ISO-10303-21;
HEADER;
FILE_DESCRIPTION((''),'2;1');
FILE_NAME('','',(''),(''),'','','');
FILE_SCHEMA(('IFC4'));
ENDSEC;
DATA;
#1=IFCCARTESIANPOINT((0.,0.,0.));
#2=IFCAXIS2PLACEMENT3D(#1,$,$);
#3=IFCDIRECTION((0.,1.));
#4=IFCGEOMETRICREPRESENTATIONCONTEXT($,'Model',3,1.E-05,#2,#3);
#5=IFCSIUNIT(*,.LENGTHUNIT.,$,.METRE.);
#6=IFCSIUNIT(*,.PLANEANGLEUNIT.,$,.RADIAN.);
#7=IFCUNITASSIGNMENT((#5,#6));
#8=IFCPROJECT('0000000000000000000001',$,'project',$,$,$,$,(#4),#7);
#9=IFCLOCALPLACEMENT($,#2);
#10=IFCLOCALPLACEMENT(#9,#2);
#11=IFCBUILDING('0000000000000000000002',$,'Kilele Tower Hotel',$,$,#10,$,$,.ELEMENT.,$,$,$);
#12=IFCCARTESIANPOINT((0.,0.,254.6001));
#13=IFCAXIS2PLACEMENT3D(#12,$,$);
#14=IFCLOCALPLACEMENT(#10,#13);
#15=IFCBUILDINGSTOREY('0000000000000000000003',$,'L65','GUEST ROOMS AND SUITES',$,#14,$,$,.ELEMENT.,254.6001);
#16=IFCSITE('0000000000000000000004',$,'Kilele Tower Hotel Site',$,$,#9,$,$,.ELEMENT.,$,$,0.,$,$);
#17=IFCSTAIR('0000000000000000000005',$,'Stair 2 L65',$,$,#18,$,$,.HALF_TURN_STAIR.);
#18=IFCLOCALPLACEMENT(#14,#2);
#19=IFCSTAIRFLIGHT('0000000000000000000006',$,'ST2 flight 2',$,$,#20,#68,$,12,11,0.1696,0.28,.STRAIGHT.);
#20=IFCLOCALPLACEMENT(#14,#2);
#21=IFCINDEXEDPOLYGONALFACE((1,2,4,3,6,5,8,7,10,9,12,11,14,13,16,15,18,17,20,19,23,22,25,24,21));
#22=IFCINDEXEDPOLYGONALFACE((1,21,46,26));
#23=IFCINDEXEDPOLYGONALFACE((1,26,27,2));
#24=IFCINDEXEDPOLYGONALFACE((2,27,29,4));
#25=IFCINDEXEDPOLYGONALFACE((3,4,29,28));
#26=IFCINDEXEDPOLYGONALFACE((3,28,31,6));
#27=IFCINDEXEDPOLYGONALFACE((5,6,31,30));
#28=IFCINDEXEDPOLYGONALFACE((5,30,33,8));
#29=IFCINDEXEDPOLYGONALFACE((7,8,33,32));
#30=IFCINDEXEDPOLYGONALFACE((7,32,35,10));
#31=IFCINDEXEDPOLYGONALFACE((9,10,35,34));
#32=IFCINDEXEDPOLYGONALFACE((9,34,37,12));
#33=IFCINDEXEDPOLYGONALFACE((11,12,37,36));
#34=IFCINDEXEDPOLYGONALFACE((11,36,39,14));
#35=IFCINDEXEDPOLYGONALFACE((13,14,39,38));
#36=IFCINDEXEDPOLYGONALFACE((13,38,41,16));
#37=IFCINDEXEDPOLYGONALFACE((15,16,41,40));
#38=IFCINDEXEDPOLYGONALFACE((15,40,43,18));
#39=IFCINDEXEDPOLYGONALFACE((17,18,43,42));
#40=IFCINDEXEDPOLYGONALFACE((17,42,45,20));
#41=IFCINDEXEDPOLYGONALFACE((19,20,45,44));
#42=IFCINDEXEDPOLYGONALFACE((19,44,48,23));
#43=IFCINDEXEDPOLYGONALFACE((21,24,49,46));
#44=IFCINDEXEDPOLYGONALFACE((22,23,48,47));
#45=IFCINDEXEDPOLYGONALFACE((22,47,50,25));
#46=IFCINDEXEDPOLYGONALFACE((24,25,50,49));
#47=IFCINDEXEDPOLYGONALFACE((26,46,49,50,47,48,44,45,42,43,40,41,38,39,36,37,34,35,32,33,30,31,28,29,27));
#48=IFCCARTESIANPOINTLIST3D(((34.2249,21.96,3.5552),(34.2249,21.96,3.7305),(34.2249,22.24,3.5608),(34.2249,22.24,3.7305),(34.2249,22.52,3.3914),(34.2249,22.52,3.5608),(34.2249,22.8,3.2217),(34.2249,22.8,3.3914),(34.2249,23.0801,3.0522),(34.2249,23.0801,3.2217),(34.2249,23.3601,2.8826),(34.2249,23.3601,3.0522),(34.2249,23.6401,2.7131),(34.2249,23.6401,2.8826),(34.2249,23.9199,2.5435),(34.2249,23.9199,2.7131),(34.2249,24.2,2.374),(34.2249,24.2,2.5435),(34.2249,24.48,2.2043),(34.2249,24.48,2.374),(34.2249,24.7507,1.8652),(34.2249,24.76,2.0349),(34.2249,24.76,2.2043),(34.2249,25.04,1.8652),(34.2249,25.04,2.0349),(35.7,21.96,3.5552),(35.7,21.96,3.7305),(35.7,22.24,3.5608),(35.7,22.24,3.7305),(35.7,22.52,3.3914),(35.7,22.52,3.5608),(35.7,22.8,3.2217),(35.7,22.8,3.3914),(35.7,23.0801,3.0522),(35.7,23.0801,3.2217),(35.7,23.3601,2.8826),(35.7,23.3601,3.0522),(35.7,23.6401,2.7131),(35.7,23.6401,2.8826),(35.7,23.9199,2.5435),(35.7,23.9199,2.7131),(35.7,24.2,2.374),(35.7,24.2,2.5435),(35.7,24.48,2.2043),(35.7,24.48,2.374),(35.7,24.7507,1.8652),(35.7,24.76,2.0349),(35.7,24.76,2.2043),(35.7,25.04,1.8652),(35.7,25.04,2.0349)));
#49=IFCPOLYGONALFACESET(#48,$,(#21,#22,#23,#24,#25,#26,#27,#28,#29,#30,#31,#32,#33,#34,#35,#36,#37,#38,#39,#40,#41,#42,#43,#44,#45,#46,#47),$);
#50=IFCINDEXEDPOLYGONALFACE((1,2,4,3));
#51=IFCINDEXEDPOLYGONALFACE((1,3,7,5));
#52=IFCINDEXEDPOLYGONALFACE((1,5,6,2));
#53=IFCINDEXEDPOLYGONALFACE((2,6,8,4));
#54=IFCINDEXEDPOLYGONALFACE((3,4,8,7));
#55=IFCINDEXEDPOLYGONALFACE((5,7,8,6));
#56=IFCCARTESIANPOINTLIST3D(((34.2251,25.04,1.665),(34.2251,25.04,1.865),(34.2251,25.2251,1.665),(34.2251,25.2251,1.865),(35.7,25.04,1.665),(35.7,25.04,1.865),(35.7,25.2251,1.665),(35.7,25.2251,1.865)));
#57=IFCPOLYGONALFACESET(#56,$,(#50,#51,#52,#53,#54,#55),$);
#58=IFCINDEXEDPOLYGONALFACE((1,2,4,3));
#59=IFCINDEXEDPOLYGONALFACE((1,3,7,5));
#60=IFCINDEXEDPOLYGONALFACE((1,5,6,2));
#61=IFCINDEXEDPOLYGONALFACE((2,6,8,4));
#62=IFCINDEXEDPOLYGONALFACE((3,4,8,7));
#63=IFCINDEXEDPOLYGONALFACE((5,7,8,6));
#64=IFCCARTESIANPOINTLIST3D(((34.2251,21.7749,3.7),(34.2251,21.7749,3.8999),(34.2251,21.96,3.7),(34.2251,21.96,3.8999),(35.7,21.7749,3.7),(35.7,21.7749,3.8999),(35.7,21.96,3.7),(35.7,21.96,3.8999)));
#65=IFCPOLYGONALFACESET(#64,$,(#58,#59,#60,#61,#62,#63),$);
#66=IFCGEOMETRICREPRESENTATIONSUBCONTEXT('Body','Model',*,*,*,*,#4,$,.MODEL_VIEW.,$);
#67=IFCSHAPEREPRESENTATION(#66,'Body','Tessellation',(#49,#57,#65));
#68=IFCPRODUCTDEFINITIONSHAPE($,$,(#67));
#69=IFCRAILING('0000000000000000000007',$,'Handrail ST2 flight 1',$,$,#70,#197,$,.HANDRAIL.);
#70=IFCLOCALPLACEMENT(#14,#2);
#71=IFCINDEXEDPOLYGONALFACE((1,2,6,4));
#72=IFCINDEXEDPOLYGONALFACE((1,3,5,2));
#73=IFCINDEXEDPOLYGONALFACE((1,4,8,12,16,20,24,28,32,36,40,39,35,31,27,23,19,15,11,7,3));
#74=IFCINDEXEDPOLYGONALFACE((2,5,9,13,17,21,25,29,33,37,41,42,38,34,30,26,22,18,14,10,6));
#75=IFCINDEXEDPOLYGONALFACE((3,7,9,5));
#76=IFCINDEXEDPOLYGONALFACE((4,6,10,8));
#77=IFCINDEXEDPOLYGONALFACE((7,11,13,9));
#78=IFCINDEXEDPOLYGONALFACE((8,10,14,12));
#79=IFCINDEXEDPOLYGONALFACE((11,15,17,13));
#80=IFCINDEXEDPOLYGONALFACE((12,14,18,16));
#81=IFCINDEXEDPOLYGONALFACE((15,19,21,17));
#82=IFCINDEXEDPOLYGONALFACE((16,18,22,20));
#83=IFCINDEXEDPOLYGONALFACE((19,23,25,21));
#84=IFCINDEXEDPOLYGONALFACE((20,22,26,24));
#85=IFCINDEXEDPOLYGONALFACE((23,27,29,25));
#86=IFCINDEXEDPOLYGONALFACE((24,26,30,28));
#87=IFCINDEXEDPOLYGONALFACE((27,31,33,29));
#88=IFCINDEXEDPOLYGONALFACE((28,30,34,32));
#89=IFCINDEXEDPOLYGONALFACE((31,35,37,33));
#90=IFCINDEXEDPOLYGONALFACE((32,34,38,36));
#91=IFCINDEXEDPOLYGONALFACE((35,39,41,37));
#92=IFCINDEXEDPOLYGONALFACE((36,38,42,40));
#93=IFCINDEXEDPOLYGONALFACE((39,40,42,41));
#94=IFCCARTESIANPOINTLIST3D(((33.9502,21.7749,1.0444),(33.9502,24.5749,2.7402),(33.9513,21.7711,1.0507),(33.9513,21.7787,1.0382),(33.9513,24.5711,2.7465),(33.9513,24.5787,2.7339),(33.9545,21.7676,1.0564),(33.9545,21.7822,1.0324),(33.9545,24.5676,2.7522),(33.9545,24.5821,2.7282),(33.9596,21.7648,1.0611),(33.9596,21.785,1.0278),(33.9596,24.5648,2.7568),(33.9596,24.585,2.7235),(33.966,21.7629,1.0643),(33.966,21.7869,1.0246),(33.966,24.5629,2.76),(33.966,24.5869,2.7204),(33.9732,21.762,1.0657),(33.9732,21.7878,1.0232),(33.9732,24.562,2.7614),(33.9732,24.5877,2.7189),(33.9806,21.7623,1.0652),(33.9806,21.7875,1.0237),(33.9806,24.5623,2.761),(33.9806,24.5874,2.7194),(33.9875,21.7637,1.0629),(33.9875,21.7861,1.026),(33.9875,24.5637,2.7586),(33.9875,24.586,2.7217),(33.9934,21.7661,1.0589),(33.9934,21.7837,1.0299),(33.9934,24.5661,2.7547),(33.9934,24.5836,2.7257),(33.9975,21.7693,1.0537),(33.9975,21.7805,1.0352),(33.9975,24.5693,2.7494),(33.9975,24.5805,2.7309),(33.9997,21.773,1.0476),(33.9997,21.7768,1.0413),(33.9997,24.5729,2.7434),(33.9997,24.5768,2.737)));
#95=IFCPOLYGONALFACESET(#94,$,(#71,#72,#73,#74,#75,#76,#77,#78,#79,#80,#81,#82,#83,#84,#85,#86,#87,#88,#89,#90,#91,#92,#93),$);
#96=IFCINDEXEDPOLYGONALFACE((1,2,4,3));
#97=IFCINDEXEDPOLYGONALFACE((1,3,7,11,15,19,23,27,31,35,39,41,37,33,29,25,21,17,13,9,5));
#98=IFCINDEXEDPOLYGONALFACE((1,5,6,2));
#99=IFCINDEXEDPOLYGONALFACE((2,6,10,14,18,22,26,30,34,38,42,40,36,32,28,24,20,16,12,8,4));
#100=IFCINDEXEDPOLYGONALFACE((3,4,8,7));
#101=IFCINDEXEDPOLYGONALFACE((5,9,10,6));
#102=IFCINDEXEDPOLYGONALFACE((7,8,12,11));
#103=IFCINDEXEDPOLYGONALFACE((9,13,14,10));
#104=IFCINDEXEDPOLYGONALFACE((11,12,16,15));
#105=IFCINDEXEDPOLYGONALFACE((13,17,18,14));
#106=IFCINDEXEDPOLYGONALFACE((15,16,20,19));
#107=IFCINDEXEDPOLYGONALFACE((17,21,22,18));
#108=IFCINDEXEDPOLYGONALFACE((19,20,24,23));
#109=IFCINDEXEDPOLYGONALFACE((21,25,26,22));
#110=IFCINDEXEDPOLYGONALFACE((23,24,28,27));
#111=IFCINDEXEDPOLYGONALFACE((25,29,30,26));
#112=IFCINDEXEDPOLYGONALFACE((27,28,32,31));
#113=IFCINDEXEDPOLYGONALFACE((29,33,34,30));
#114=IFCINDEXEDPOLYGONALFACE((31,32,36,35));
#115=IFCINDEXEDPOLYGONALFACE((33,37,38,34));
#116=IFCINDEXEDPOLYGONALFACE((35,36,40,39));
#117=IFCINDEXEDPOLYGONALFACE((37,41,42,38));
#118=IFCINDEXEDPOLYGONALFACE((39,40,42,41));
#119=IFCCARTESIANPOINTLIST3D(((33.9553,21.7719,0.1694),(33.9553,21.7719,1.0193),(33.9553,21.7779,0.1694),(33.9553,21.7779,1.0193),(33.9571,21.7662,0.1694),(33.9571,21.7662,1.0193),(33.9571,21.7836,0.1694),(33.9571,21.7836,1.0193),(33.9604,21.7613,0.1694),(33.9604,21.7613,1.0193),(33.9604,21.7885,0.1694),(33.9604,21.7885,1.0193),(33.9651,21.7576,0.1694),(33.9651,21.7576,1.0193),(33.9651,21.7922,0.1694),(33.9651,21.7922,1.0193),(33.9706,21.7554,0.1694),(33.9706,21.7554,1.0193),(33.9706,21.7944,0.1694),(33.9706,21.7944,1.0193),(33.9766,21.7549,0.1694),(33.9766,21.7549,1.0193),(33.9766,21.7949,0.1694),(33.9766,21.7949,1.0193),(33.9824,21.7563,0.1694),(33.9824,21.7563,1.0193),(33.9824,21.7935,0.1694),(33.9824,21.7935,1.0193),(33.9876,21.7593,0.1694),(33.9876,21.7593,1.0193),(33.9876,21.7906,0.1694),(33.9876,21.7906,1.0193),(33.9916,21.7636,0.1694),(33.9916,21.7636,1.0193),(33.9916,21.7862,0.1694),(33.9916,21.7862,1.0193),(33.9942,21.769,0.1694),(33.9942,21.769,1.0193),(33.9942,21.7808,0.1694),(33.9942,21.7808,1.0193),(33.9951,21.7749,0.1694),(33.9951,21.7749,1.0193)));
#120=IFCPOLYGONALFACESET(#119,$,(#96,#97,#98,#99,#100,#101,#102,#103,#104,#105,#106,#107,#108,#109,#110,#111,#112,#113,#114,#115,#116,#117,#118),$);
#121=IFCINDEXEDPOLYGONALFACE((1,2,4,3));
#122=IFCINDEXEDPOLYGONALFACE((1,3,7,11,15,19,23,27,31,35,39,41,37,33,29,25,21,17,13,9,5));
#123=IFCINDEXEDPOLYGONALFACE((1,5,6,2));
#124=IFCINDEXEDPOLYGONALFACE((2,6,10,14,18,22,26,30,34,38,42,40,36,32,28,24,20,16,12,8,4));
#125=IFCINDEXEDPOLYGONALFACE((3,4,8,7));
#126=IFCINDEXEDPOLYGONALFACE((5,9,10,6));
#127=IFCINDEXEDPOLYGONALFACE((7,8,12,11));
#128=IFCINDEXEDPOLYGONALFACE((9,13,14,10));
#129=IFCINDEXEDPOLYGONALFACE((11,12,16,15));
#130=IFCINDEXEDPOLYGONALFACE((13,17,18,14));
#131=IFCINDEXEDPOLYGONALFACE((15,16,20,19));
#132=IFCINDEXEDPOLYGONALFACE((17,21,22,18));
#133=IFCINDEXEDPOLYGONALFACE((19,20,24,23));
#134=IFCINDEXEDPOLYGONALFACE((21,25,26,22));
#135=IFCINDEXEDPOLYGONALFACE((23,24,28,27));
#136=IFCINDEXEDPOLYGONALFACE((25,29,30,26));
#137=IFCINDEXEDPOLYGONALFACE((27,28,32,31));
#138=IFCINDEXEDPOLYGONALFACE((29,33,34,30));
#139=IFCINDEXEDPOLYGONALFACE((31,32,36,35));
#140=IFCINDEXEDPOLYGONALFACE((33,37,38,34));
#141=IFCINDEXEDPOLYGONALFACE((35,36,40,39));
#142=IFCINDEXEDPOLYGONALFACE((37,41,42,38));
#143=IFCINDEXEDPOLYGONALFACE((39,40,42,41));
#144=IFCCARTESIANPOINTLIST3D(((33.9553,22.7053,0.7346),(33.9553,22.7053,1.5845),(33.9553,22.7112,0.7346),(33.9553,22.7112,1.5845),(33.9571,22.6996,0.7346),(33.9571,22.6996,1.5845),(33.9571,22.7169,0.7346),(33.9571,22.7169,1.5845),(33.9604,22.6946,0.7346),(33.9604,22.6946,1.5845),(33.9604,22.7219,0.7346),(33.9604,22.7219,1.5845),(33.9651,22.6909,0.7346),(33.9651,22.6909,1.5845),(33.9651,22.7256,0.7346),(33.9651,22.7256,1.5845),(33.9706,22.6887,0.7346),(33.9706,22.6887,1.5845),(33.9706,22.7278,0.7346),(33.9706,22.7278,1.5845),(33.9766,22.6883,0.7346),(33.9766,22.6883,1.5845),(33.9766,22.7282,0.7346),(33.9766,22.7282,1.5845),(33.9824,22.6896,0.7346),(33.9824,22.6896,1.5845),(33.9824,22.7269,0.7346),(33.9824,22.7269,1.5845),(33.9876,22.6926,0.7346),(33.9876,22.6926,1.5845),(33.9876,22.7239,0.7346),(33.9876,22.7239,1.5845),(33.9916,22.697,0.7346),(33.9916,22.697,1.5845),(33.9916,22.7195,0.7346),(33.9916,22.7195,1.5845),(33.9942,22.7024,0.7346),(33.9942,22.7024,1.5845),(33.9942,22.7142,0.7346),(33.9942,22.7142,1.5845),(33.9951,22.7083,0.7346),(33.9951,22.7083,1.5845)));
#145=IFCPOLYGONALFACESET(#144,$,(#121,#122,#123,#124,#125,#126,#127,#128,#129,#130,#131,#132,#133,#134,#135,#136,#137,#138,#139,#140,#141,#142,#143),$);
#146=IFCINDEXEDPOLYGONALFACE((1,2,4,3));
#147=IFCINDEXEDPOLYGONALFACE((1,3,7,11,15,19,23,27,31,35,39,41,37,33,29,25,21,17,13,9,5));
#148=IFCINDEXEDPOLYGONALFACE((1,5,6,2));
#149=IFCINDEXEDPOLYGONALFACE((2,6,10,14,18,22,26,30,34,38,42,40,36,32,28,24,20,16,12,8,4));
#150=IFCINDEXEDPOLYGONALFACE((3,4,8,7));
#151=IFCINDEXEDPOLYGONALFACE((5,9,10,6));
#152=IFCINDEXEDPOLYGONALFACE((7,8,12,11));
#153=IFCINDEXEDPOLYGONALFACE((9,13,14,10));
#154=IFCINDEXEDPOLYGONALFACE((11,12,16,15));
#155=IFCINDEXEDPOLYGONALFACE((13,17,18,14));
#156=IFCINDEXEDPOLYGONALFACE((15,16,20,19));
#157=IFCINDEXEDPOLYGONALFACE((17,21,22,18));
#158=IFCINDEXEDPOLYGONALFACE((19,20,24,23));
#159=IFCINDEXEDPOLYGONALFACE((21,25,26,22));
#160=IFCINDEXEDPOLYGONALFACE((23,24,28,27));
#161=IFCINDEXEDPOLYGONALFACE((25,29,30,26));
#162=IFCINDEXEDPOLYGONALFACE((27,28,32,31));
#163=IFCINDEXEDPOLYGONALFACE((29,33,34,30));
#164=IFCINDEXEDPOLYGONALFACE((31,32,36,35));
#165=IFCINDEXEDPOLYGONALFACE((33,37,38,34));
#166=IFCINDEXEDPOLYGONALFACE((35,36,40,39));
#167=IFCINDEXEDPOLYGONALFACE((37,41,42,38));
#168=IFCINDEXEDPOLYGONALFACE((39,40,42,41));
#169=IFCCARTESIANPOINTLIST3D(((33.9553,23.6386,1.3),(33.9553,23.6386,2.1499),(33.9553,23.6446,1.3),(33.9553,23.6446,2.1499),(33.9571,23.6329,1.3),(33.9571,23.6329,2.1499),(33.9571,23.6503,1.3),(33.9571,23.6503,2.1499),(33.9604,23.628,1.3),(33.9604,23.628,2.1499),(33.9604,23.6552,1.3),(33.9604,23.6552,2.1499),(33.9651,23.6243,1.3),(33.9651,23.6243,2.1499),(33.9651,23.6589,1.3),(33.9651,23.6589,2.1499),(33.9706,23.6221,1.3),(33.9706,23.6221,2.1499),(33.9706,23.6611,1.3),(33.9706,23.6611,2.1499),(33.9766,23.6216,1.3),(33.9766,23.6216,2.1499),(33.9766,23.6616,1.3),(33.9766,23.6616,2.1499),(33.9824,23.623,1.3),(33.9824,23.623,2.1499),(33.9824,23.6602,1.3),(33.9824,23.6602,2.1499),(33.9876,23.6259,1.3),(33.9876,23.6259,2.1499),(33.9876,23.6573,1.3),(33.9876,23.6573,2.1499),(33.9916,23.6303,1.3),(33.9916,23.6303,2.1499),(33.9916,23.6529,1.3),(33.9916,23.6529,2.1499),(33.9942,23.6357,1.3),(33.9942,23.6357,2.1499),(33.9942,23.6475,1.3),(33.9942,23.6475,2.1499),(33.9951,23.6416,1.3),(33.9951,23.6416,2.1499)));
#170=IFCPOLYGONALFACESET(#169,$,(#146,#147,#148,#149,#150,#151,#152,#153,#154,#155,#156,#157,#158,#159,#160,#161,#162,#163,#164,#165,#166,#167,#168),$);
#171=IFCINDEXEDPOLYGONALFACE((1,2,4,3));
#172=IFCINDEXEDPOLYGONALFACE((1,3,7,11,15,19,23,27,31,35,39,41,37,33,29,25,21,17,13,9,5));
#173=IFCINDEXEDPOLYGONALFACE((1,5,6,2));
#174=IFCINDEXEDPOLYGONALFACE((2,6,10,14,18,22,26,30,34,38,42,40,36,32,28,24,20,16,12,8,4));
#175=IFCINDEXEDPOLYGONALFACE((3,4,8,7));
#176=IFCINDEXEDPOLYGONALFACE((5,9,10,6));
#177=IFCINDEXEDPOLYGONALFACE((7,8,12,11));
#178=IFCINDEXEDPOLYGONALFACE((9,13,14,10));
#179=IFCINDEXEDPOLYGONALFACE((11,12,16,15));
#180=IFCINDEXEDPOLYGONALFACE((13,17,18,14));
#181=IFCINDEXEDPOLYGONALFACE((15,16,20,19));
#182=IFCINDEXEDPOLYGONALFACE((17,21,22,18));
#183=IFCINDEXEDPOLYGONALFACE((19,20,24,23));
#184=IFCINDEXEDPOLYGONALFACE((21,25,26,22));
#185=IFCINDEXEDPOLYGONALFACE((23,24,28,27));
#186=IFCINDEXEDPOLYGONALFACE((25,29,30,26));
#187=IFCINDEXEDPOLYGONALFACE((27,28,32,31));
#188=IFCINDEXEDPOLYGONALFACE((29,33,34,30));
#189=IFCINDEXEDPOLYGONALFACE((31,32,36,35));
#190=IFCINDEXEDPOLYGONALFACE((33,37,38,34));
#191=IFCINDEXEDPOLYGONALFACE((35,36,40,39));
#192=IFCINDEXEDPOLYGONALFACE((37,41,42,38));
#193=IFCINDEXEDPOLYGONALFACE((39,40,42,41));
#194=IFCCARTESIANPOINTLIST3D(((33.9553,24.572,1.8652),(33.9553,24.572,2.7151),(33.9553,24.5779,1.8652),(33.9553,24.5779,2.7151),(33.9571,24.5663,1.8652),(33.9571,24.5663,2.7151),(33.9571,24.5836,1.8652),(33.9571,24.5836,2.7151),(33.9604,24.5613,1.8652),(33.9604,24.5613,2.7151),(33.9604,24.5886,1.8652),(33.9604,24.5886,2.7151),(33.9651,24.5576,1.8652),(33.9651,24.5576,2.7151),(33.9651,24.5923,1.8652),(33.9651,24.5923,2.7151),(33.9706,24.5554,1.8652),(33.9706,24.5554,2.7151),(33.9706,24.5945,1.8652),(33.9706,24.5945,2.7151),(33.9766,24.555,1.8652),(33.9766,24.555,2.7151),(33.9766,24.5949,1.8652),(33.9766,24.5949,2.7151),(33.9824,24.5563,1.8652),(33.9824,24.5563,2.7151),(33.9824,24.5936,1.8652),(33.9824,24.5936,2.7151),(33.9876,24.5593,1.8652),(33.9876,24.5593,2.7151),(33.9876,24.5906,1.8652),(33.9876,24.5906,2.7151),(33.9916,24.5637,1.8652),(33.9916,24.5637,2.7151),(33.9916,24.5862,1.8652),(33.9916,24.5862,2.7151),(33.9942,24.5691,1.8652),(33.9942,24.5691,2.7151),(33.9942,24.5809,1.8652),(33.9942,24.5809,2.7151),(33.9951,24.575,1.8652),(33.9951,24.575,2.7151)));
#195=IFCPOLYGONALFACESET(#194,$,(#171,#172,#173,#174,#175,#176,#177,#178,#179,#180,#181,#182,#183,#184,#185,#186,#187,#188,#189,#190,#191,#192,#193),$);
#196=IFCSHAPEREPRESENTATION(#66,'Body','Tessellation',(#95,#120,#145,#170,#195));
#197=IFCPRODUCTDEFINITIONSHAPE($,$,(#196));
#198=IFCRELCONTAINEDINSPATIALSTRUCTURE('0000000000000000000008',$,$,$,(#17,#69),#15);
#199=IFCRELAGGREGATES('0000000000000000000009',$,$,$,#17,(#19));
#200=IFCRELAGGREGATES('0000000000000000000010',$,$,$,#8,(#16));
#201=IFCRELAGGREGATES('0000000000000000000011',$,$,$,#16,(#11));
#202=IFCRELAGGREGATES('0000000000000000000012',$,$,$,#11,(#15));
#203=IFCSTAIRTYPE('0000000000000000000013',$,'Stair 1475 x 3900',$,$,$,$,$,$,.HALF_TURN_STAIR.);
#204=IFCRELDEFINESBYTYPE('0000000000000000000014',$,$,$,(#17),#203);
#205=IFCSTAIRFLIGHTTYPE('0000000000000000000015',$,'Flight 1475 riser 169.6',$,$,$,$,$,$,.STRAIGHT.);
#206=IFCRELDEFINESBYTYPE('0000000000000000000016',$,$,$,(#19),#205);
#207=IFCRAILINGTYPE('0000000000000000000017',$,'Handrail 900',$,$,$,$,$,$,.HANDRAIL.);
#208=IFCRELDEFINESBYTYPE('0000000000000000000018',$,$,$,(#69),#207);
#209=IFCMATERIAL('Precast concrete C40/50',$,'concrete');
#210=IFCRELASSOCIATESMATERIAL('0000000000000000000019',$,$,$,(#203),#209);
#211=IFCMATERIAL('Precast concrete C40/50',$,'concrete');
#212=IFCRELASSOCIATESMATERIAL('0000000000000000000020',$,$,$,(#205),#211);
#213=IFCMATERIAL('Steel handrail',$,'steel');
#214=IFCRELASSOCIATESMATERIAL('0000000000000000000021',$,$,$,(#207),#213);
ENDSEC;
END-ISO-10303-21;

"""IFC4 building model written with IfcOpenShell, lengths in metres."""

from ifc_helpers import new_model, si_unit, direction, frame, origin, origin_2d, place, context, subcontext, project, spatial, polyline, circle, outline, extrude, material, type_object, element, aggregate, save


model = new_model("IFC4")

# Units and contexts
model_context = context("Model", 3, precision=1e-05, world=origin(), true_north=direction((0.0, 1.0)))
body_context = subcontext(model_context, "Body", "Model", "MODEL_VIEW")
ifc_project = project(units=[si_unit("LENGTHUNIT", "METRE"), si_unit("PLANEANGLEUNIT", "RADIAN")], contexts=[model_context])

# Site, building, storey
site_placement = place(None, origin())
site = spatial("IfcSite", under=ifc_project, at=site_placement, Name="Kilele Tower Hotel Site", CompositionType="ELEMENT", RefElevation=0.0)
building_placement = place(site_placement, origin())
building = spatial("IfcBuilding", under=site, at=building_placement, Name="Kilele Tower Hotel", CompositionType="ELEMENT")
storey_placement = place(building_placement, frame((0.0, 0.0, 254.6001)))
storey = spatial("IfcBuildingStorey", under=building, at=storey_placement, Name="L65", Description="GUEST ROOMS AND SUITES", CompositionType="ELEMENT", Elevation=254.6001)

# Stair, stair flight
ifc_material_1 = material(Name="Precast concrete C40/50", Category="concrete")
stair_type = type_object("IfcStairType", Name="Stair 1475 x 3900", PredefinedType="HALF_TURN_STAIR", material=ifc_material_1)
stair_placement = place(storey_placement, origin())
stair = element("IfcStair", 1, at=stair_placement, inside=storey, type_object=stair_type, Name="Stair 2 L65", PredefinedType="HALF_TURN_STAIR")
ifc_material_2 = material(Name="Precast concrete C40/50", Category="concrete")
stair_flight_type = type_object("IfcStairFlightType", Name="Flight 1475 riser 169.6", PredefinedType="STRAIGHT", material=ifc_material_2)
stair_flight_placement = place(storey_placement, frame((34.9624, 25.04, 1.8652), z_axis=(0.0, 0.0, 1.0), x_axis=(0.0, -1.0, 0.0)))
stair_flight = element("IfcStairFlight", 2, at=stair_flight_placement, type_object=stair_flight_type, Name="ST2 flight 2", NumberOfRisers=12, NumberOfTreads=11, PredefinedType="STRAIGHT", RiserHeight=0.1696, TreadLength=0.28, context=body_context, shape_type="SweptSolid", body=[
    extrude(outline(polyline([(0.0, 0.0), (0.0, 0.1697), (0.28, 0.1697), (0.28, 0.3391), (0.5601, 0.3391), (0.5601, 0.5088), (0.8401, 0.5088), (0.8401, 0.6782), (1.1201, 0.6782), (1.1201, 0.8479), (1.3999, 0.8479), (1.3999, 1.0173), (1.6799, 1.0173), (1.6799, 1.187), (1.96, 1.187), (1.96, 1.3564), (2.24, 1.3564), (2.24, 1.5261), (2.52, 1.5261), (2.52, 1.6956), (2.8, 1.6956), (2.8, 1.8652), (3.0801, 1.8652), (3.0801, 2.0347), (3.0801, 1.6899), (0.2893, 0.0), (0.0, 0.0)])), frame((0.0, 0.7375, 0.0), z_axis=(0.0, -1.0, 0.0), x_axis=(1.0, 0.0, 0.0)), (0.0, 0.0, 1.0), 1.4751),
    extrude(outline(polyline([(0.0, -0.7373), (0.0, 0.7375), (-0.1851, 0.7375), (-0.1851, -0.7373), (0.0, -0.7373)])), frame((0.0, 0.0, -0.2002)), (0.0, 0.0, 1.0), 0.2),
    extrude(outline(polyline([(3.2651, -0.7373), (3.2651, 0.7375), (3.0801, 0.7375), (3.0801, -0.7373), (3.2651, -0.7373)])), frame((0.0, 0.0, 1.8347)), (0.0, 0.0, 1.0), 0.2),
])
aggregate(stair, [stair_flight])

# Railing
ifc_material_3 = material(Name="Steel handrail", Category="steel")
railing_type_1 = type_object("IfcRailingType", Name="Handrail 900", PredefinedType="HANDRAIL", material=ifc_material_3)
railing_1_placement = place(storey_placement, frame((33.9751, 21.7749, 0.1694)))
element("IfcRailing", 3, at=railing_1_placement, inside=storey, type_object=railing_type_1, Name="Handrail ST2 flight 1", PredefinedType="HANDRAIL", context=body_context, shape_type="SweptSolid", body=[
    extrude(circle(Radius=0.0249, at=origin_2d()), frame((0.0, 0.0, 0.875), z_axis=(0.0, 0.85536, 0.518034), x_axis=(-1.0, 0.0, 0.0)), (0.0, 0.0, 1.0), 3.2734),
    extrude(circle(Radius=0.02, at=origin_2d()), origin(), (0.0, 0.0, 1.0), 0.8499),
    extrude(circle(Radius=0.02, at=origin_2d()), frame((0.0, 0.9333, 0.5652)), (0.0, 0.0, 1.0), 0.8499),
    extrude(circle(Radius=0.02, at=origin_2d()), frame((0.0, 1.8667, 1.1306)), (0.0, 0.0, 1.0), 0.8499),
    extrude(circle(Radius=0.02, at=origin_2d()), frame((0.0, 2.8, 1.6958)), (0.0, 0.0, 1.0), 0.8499),
])

save(model, "model.ifc")
